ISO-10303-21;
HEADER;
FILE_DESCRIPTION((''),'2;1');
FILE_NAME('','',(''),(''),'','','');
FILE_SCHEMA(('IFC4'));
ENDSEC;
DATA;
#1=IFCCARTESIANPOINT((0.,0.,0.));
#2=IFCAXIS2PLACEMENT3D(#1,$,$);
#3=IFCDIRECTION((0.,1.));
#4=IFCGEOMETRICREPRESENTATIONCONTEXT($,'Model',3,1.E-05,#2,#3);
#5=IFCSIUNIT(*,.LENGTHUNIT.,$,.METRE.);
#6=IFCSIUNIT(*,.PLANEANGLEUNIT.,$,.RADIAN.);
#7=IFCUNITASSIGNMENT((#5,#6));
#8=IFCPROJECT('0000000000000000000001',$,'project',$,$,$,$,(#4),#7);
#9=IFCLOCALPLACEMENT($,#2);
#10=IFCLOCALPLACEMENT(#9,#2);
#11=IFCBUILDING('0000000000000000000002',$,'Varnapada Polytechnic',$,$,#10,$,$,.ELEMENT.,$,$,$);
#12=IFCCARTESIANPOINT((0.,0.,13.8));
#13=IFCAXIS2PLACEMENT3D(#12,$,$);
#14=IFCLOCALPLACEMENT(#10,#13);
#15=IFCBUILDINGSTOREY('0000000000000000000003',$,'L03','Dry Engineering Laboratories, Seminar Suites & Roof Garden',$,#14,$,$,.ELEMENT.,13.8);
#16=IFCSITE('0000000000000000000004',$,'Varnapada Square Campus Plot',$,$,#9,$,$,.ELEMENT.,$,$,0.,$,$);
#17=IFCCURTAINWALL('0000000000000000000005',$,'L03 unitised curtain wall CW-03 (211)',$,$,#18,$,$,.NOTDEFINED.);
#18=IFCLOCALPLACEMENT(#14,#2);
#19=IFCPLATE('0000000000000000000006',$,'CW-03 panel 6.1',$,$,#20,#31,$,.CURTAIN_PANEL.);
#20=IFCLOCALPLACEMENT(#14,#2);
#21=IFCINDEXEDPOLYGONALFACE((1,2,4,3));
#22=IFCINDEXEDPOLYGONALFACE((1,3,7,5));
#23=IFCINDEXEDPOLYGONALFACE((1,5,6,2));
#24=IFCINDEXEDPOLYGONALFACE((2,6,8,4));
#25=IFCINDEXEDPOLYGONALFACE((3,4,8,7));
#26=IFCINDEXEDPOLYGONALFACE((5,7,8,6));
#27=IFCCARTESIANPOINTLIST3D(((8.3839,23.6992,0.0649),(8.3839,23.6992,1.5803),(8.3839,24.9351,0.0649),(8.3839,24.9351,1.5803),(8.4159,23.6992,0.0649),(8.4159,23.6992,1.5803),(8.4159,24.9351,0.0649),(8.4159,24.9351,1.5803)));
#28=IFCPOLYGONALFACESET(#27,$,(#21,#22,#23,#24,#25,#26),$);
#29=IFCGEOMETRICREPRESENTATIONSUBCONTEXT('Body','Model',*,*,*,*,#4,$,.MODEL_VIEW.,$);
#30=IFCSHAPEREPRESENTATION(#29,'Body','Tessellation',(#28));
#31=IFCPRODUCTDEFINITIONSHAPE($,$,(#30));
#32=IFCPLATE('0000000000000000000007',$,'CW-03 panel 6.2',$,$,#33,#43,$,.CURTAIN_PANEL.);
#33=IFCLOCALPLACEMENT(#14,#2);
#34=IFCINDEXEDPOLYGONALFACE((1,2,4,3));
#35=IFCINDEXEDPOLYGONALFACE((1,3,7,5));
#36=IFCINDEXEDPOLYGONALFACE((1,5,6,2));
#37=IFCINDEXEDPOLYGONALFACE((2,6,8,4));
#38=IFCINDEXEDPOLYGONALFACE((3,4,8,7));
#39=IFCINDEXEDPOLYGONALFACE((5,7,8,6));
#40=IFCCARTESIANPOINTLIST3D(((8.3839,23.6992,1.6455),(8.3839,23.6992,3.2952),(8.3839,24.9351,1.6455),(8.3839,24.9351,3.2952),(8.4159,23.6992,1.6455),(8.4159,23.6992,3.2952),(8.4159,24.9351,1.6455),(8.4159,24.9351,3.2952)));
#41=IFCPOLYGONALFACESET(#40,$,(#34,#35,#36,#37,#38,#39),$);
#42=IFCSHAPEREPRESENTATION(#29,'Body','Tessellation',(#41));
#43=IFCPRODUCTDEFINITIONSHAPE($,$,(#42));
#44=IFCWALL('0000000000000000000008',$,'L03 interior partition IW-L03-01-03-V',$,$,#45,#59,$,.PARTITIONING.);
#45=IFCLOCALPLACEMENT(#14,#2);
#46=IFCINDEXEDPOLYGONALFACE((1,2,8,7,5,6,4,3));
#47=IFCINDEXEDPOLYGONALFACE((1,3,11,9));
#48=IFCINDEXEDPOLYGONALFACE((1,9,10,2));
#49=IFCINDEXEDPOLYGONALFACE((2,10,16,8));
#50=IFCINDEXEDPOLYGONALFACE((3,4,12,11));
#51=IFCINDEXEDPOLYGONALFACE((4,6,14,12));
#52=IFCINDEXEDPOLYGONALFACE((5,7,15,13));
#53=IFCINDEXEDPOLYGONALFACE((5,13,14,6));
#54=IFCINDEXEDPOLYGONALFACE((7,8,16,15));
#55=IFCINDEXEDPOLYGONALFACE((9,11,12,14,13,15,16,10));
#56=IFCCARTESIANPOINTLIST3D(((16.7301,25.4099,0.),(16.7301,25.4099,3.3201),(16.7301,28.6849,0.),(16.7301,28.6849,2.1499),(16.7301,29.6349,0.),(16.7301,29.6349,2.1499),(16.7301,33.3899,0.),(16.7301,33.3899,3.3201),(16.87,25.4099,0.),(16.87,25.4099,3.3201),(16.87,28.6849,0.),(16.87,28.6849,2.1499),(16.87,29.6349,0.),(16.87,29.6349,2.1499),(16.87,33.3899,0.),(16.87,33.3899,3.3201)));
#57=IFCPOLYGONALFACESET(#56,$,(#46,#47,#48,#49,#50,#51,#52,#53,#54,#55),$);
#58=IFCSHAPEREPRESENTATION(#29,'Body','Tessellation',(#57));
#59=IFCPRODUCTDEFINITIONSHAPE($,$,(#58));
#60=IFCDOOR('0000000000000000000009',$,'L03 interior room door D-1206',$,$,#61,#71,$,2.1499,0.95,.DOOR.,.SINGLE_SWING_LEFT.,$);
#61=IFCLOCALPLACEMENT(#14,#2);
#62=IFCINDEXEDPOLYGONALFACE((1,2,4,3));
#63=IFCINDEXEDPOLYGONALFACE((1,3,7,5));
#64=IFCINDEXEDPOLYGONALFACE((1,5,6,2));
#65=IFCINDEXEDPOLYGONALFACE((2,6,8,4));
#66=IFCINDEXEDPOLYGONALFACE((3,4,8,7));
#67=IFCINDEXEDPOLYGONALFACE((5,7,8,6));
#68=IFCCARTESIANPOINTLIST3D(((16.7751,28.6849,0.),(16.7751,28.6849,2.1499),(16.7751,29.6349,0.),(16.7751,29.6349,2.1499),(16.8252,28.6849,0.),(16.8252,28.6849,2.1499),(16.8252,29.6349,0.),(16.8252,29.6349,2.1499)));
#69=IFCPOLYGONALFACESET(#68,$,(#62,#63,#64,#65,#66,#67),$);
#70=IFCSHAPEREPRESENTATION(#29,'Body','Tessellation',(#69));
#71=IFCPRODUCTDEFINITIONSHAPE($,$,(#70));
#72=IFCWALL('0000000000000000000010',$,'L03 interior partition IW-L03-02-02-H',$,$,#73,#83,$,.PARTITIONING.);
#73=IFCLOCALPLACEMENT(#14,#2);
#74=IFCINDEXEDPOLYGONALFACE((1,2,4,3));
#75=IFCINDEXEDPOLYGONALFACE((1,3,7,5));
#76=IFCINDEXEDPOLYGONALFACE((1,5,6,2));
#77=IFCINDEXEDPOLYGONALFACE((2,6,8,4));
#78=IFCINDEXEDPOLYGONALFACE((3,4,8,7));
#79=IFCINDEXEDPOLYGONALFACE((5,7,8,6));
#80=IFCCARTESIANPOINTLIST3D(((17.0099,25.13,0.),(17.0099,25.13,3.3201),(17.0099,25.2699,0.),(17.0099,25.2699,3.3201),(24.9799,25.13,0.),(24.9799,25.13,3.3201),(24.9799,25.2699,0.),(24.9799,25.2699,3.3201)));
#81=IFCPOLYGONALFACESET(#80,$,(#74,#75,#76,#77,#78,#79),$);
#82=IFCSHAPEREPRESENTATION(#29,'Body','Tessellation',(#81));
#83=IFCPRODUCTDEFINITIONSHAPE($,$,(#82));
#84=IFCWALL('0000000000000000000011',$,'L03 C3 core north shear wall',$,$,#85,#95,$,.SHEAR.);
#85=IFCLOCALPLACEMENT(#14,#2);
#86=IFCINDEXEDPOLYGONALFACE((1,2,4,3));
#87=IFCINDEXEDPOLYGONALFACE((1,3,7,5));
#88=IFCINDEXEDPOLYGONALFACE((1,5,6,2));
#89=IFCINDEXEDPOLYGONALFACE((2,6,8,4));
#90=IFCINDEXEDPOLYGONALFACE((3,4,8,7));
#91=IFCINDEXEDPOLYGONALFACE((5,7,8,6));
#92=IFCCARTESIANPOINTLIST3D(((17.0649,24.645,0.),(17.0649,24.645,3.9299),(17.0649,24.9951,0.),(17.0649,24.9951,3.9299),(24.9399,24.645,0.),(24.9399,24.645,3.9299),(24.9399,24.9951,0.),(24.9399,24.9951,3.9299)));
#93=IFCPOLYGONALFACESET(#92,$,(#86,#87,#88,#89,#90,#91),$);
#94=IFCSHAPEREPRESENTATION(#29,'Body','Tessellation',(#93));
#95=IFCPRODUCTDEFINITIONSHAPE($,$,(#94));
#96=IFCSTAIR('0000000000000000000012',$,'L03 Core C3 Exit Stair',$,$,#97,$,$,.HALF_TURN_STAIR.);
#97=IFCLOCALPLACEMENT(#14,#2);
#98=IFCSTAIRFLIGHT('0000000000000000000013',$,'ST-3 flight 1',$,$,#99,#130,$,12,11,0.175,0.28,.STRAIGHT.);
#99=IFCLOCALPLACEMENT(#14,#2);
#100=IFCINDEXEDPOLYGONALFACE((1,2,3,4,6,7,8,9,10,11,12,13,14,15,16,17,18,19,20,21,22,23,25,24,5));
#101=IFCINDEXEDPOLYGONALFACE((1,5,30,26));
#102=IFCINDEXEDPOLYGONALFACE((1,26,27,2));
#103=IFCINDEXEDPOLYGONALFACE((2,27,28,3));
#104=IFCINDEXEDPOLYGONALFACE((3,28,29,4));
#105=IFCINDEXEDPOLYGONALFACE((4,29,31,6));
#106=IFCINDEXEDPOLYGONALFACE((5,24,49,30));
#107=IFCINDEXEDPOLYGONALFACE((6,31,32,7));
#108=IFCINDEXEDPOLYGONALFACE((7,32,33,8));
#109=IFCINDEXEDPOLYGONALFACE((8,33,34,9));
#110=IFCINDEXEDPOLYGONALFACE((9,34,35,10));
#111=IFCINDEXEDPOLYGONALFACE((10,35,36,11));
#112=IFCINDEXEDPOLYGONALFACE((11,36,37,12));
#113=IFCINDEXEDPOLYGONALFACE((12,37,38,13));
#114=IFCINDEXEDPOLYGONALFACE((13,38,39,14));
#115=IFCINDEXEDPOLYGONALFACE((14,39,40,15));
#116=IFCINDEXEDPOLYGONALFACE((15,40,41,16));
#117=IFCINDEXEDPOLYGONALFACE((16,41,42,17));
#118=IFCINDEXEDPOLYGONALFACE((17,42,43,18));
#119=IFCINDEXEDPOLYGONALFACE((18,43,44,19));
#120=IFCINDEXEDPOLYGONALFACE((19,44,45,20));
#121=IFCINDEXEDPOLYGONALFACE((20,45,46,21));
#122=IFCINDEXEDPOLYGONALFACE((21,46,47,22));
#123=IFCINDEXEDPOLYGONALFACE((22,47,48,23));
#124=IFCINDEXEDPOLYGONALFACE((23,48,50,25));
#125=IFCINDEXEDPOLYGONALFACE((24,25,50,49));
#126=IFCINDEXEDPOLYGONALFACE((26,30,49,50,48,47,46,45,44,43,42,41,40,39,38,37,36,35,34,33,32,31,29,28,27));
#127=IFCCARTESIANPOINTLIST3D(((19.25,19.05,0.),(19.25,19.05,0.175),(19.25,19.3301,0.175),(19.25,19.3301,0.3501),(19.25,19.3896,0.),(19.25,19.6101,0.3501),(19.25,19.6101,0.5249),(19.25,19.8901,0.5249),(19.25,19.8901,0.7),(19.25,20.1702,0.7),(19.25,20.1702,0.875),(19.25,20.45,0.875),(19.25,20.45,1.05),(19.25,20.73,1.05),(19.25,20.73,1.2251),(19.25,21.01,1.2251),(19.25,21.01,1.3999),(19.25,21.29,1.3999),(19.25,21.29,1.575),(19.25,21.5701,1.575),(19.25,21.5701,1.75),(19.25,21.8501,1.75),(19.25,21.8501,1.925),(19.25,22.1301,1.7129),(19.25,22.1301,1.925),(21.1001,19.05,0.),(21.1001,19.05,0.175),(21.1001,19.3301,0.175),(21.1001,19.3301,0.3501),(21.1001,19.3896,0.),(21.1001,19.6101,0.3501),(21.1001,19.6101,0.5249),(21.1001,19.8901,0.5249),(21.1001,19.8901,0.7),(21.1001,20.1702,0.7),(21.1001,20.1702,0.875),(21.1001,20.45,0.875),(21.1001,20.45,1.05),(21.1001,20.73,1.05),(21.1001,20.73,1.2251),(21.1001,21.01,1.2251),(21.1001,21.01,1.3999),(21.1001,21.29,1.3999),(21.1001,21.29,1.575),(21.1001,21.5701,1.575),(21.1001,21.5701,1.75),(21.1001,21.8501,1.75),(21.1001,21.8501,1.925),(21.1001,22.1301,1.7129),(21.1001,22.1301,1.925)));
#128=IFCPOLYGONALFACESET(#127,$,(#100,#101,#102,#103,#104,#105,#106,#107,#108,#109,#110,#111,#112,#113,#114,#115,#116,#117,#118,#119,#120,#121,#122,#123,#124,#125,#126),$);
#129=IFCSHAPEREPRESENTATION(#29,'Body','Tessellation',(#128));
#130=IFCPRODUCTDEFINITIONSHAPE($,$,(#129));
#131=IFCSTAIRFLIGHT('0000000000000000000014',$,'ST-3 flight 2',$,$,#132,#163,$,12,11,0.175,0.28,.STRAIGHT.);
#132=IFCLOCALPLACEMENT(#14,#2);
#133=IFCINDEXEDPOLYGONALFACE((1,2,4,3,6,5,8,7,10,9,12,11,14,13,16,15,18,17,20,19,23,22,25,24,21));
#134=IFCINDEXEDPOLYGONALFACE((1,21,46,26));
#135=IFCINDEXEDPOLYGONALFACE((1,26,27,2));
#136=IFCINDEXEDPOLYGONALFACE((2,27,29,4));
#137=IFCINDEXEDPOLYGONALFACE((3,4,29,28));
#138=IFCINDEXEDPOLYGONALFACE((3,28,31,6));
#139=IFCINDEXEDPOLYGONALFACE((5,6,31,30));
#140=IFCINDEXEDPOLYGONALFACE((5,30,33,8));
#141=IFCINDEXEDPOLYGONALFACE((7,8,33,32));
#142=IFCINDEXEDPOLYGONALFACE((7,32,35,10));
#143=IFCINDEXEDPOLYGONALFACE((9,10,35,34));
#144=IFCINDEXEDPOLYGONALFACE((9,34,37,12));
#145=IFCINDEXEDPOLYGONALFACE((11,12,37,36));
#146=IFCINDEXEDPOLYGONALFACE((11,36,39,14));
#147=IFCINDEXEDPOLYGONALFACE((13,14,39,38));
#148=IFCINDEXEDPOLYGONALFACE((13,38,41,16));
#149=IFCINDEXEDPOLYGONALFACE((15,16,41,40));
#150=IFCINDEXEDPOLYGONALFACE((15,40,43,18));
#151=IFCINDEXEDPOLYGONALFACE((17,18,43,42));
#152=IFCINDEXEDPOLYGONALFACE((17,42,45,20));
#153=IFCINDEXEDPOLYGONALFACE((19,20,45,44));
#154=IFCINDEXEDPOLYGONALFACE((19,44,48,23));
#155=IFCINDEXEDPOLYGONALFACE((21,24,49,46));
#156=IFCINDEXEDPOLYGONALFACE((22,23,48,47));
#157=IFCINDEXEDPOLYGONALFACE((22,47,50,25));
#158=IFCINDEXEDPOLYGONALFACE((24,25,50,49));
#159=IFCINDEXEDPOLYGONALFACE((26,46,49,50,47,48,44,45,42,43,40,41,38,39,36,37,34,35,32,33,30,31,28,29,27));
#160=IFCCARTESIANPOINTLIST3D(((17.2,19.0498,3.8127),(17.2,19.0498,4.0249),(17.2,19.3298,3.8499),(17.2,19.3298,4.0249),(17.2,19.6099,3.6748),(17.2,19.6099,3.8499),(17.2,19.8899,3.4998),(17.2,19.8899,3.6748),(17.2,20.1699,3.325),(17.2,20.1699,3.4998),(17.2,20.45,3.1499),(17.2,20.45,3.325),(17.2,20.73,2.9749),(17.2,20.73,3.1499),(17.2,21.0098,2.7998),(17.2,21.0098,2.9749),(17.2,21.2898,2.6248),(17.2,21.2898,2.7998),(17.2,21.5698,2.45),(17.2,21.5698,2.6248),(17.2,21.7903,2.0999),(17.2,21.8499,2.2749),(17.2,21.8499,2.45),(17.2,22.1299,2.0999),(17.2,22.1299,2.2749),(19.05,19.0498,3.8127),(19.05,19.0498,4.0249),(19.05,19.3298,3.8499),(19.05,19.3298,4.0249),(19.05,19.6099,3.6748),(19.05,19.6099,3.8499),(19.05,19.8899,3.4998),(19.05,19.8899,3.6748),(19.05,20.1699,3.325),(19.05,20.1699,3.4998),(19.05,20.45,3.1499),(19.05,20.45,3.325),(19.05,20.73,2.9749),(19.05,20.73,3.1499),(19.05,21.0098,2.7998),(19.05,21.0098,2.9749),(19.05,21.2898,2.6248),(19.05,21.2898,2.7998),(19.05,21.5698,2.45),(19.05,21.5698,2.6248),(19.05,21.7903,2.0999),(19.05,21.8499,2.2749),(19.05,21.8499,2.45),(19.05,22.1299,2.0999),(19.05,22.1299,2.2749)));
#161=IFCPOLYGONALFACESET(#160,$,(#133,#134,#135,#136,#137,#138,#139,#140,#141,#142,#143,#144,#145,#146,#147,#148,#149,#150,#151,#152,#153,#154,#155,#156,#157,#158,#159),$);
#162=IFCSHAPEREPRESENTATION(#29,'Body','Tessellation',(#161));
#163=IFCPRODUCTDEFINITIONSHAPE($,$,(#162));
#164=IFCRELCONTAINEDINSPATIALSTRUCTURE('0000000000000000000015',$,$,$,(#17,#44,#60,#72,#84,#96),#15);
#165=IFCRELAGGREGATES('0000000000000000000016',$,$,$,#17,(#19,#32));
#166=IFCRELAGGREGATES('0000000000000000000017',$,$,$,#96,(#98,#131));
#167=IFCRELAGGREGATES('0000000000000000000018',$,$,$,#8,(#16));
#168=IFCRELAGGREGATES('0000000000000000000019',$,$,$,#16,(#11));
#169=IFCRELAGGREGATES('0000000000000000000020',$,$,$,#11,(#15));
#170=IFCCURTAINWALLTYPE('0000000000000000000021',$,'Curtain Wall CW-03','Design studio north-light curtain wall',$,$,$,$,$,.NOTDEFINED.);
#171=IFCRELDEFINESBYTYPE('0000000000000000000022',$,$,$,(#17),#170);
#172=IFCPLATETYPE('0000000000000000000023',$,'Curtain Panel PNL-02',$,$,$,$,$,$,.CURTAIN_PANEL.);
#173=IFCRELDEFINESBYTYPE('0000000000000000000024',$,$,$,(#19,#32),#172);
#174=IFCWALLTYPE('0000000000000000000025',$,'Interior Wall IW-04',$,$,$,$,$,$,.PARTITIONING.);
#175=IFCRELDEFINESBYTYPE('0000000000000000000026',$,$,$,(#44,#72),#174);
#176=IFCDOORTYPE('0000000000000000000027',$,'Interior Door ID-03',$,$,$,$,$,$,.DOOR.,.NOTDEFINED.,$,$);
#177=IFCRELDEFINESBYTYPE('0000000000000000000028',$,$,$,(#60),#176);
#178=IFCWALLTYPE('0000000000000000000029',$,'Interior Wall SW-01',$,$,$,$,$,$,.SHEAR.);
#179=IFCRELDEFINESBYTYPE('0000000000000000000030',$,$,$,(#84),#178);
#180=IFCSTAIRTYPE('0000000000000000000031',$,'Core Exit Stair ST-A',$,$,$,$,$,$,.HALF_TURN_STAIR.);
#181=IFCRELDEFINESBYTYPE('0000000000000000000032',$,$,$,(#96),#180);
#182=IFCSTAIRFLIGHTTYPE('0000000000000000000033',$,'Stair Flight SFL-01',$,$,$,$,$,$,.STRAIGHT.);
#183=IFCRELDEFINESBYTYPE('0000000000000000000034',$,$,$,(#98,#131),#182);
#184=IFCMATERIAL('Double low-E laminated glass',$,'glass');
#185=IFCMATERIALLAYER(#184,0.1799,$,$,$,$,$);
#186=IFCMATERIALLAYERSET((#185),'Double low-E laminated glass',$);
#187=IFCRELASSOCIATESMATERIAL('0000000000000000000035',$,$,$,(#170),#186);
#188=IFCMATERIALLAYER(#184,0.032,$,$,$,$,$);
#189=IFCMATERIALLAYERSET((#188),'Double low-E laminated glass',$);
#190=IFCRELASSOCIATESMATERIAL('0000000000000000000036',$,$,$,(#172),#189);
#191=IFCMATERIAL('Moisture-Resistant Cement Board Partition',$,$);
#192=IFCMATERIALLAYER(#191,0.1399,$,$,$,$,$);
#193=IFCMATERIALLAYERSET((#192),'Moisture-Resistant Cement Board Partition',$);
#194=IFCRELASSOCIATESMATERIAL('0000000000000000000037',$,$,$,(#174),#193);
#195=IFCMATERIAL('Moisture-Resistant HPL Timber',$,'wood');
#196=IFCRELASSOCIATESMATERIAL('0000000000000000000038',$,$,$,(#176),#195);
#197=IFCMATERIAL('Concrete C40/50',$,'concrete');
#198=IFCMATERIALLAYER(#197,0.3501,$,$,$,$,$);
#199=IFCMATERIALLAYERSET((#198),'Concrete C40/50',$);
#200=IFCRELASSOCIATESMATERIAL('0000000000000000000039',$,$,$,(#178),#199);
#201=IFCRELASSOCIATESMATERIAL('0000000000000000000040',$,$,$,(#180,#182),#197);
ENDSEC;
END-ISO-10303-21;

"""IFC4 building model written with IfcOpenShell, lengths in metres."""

from ifc_helpers import new_model, si_unit, direction, frame, frame_2d, origin, origin_2d, place, context, subcontext, project, spatial, polyline, rectangle, outline, extrude, material, layer, layer_set, type_object, element, fill, aggregate, save


model = new_model("IFC4")

# Units and contexts
model_context = context("Model", 3, precision=1e-05, world=origin(), true_north=direction((0.0, 1.0)))
body_context = subcontext(model_context, "Body", "Model", "MODEL_VIEW")
ifc_project = project(units=[si_unit("LENGTHUNIT", "METRE"), si_unit("PLANEANGLEUNIT", "RADIAN")], contexts=[model_context])

# Site, building, storey
site_placement = place(None, origin())
site = spatial("IfcSite", under=ifc_project, at=site_placement, Name="Varnapada Square Campus Plot", CompositionType="ELEMENT", RefElevation=0.0)
building_placement = place(site_placement, origin())
building = spatial("IfcBuilding", under=site, at=building_placement, Name="Varnapada Polytechnic", CompositionType="ELEMENT")
storey_placement = place(building_placement, frame((0.0, 0.0, 13.8)))
storey = spatial("IfcBuildingStorey", under=building, at=storey_placement, Name="L03", Description="Dry Engineering Laboratories, Seminar Suites & Roof Garden", CompositionType="ELEMENT", Elevation=13.8)

# Curtain wall
ifc_material_1 = material(Name="Double low-E laminated glass", Category="glass")
ifc_layer_1 = layer(ifc_material_1, 0.1799)
ifc_layer_set_1 = layer_set([ifc_layer_1], Name="Double low-E laminated glass")
curtain_wall_type = type_object("IfcCurtainWallType", Name="Curtain Wall CW-03", Description="Design studio north-light curtain wall", PredefinedType="NOTDEFINED", material=ifc_layer_set_1)
curtain_wall_1_placement = place(storey_placement, origin())
curtain_wall_1 = element("IfcCurtainWall", 1, at=curtain_wall_1_placement, inside=storey, type_object=curtain_wall_type, Name="L03 unitised curtain wall CW-03 (211)", PredefinedType="NOTDEFINED")

# Plates
ifc_layer_2 = layer(ifc_material_1, 0.032)
ifc_layer_set_2 = layer_set([ifc_layer_2], Name="Double low-E laminated glass")
plate_type = type_object("IfcPlateType", Name="Curtain Panel PNL-02", PredefinedType="CURTAIN_PANEL", material=ifc_layer_set_2)
plate_1_placement = place(storey_placement, frame((8.3999, 24.3171, 0.0649), z_axis=(0.0, 0.0, 1.0), x_axis=(0.0, 1.0, 0.0)))
plate_1 = element("IfcPlate", 2, at=plate_1_placement, type_object=plate_type, Name="CW-03 panel 6.1", PredefinedType="CURTAIN_PANEL", context=body_context, shape_type="SweptSolid", body=[
    extrude(rectangle(XDim=1.2358, YDim=0.032, at=origin_2d()), origin(), (0.0, 0.0, 1.0), 1.5154),
])
plate_2_placement = place(storey_placement, frame((8.3999, 24.3171, 1.6455), z_axis=(0.0, 0.0, 1.0), x_axis=(0.0, 1.0, 0.0)))
plate_2 = element("IfcPlate", 3, at=plate_2_placement, type_object=plate_type, Name="CW-03 panel 6.2", PredefinedType="CURTAIN_PANEL", context=body_context, shape_type="SweptSolid", body=[
    extrude(rectangle(XDim=1.2358, YDim=0.032, at=origin_2d()), origin(), (0.0, 0.0, 1.0), 1.6497),
])
aggregate(curtain_wall_1, [plate_1, plate_2])

# Wall, opening, door
ifc_material_2 = material(Name="Moisture-Resistant Cement Board Partition")
ifc_layer_3 = layer(ifc_material_2, 0.1399)
ifc_layer_set_3 = layer_set([ifc_layer_3], Name="Moisture-Resistant Cement Board Partition")
wall_type_1 = type_object("IfcWallType", Name="Interior Wall IW-04", PredefinedType="PARTITIONING", material=ifc_layer_set_3)
wall_1_placement = place(storey_placement, frame((16.8, 25.4099, 0.0), z_axis=(0.0, 0.0, 1.0), x_axis=(0.0, 1.0, 0.0)))
wall_1 = element("IfcWall", 4, at=wall_1_placement, inside=storey, type_object=wall_type_1, Name="L03 interior partition IW-L03-01-03-V", PredefinedType="PARTITIONING", context=body_context, shape_type="SweptSolid", body=[
    extrude(rectangle(XDim=7.98, YDim=0.1399, at=frame_2d((3.99, 0.0))), origin(), (0.0, 0.0, 1.0), 3.3201),
])
opening_1_placement = place(wall_1_placement, frame((3.2749, 0.0, 0.0)))
opening_1 = element("IfcOpeningElement", 5, at=opening_1_placement, cuts=wall_1, PredefinedType="OPENING", context=body_context, shape_type="SweptSolid", body=[
    extrude(rectangle(XDim=0.95, YDim=2.1499, at=frame_2d((0.4751, 1.075))), frame((0.0, 0.0798, 0.0), z_axis=(0.0, -1.0, 0.0), x_axis=(1.0, 0.0, 0.0)), (0.0, 0.0, 1.0), 0.1599),
])
ifc_material_3 = material(Name="Moisture-Resistant HPL Timber", Category="wood")
door_type_1 = type_object("IfcDoorType", Name="Interior Door ID-03", OperationType="NOTDEFINED", PredefinedType="DOOR", material=ifc_material_3)
door_1_placement = place(opening_1_placement, origin())
door_1 = element("IfcDoor", 6, at=door_1_placement, inside=storey, type_object=door_type_1, Name="L03 interior room door D-1206", OperationType="SINGLE_SWING_LEFT", OverallHeight=2.1499, OverallWidth=0.95, PredefinedType="DOOR", context=body_context, shape_type="SweptSolid", body=[
    extrude(rectangle(XDim=0.95, YDim=2.1499, at=frame_2d((0.4751, 1.075))), frame((0.0, 0.0249, 0.0), z_axis=(0.0, -1.0, 0.0), x_axis=(1.0, 0.0, 0.0)), (0.0, 0.0, 1.0), 0.05),
])
fill(opening_1, door_1)

# Walls
wall_2_placement = place(storey_placement, frame((17.01, 25.2, 0.0), z_axis=(0.0, 0.0, 1.0), x_axis=(1.0, 0.0, 0.0)))
element("IfcWall", 7, at=wall_2_placement, inside=storey, type_object=wall_type_1, Name="L03 interior partition IW-L03-02-02-H", PredefinedType="PARTITIONING", context=body_context, shape_type="SweptSolid", body=[
    extrude(rectangle(XDim=7.97, YDim=0.1399, at=frame_2d((3.9849, 0.0))), origin(), (0.0, 0.0, 1.0), 3.3201),
])
ifc_material_4 = material(Name="Concrete C40/50", Category="concrete")
ifc_layer_4 = layer(ifc_material_4, 0.3501)
ifc_layer_set_4 = layer_set([ifc_layer_4], Name="Concrete C40/50")
wall_type_2 = type_object("IfcWallType", Name="Interior Wall SW-01", PredefinedType="SHEAR", material=ifc_layer_set_4)
wall_3_placement = place(storey_placement, frame((17.0649, 24.8201, 0.0), z_axis=(0.0, 0.0, 1.0), x_axis=(1.0, 0.0, 0.0)))
element("IfcWall", 8, at=wall_3_placement, inside=storey, type_object=wall_type_2, Name="L03 C3 core north shear wall", PredefinedType="SHEAR", context=body_context, shape_type="SweptSolid", body=[
    extrude(rectangle(XDim=7.875, YDim=0.3501, at=frame_2d((3.9375, 0.0))), origin(), (0.0, 0.0, 1.0), 3.9299),
])

# Stair, stair flights
stair_type = type_object("IfcStairType", Name="Core Exit Stair ST-A", PredefinedType="HALF_TURN_STAIR", material=ifc_material_4)
stair_placement = place(storey_placement, origin())
stair = element("IfcStair", 9, at=stair_placement, inside=storey, type_object=stair_type, Name="L03 Core C3 Exit Stair", PredefinedType="HALF_TURN_STAIR")
stair_flight_type = type_object("IfcStairFlightType", Name="Stair Flight SFL-01", PredefinedType="STRAIGHT", material=ifc_material_4)
stair_flight_1_placement = place(storey_placement, frame((20.175, 19.05, 0.0), z_axis=(0.0, 0.0, 1.0), x_axis=(0.0, 1.0, 0.0)))
stair_flight_1 = element("IfcStairFlight", 10, at=stair_flight_1_placement, type_object=stair_flight_type, Name="ST-3 flight 1", NumberOfRisers=12, NumberOfTreads=11, PredefinedType="STRAIGHT", RiserHeight=0.175, TreadLength=0.28, context=body_context, shape_type="SweptSolid", body=[
    extrude(outline(polyline([(0.0, 0.0), (0.0, 0.175), (0.28, 0.175), (0.28, 0.3501), (0.5601, 0.3501), (0.5601, 0.5249), (0.8401, 0.5249), (0.8401, 0.7), (1.1201, 0.7), (1.1201, 0.875), (1.3999, 0.875), (1.3999, 1.05), (1.6799, 1.05), (1.6799, 1.2251), (1.96, 1.2251), (1.96, 1.3999), (2.24, 1.3999), (2.24, 1.575), (2.52, 1.575), (2.52, 1.75), (2.8, 1.75), (2.8, 1.925), (3.0801, 1.925), (3.0801, 2.1001), (3.0801, 1.7129), (0.3396, 0.0), (0.0, 0.0)])), frame((0.0, 0.925, 0.0), z_axis=(0.0, -1.0, 0.0), x_axis=(1.0, 0.0, 0.0)), (0.0, 0.0, 1.0), 1.8501),
])
stair_flight_2_placement = place(storey_placement, frame((18.125, 22.1299, 2.0999), z_axis=(0.0, 0.0, 1.0), x_axis=(0.0, -1.0, 0.0)))
stair_flight_2 = element("IfcStairFlight", 11, at=stair_flight_2_placement, type_object=stair_flight_type, Name="ST-3 flight 2", NumberOfRisers=12, NumberOfTreads=11, PredefinedType="STRAIGHT", RiserHeight=0.175, TreadLength=0.28, context=body_context, shape_type="SweptSolid", body=[
    extrude(outline(polyline([(0.0, 0.0), (0.0, 0.175), (0.28, 0.175), (0.28, 0.3501), (0.5601, 0.3501), (0.5601, 0.5249), (0.8401, 0.5249), (0.8401, 0.7), (1.1201, 0.7), (1.1201, 0.875), (1.3999, 0.875), (1.3999, 1.05), (1.6799, 1.05), (1.6799, 1.2251), (1.96, 1.2251), (1.96, 1.3999), (2.24, 1.3999), (2.24, 1.575), (2.52, 1.575), (2.52, 1.75), (2.8, 1.75), (2.8, 1.925), (3.0801, 1.925), (3.0801, 2.1001), (3.0801, 1.7129), (0.3396, 0.0), (0.0, 0.0)])), frame((0.0, 0.925, 0.0), z_axis=(0.0, -1.0, 0.0), x_axis=(1.0, 0.0, 0.0)), (0.0, 0.0, 1.0), 1.8501),
])
aggregate(stair, [stair_flight_1, stair_flight_2])

save(model, "model.ifc")
